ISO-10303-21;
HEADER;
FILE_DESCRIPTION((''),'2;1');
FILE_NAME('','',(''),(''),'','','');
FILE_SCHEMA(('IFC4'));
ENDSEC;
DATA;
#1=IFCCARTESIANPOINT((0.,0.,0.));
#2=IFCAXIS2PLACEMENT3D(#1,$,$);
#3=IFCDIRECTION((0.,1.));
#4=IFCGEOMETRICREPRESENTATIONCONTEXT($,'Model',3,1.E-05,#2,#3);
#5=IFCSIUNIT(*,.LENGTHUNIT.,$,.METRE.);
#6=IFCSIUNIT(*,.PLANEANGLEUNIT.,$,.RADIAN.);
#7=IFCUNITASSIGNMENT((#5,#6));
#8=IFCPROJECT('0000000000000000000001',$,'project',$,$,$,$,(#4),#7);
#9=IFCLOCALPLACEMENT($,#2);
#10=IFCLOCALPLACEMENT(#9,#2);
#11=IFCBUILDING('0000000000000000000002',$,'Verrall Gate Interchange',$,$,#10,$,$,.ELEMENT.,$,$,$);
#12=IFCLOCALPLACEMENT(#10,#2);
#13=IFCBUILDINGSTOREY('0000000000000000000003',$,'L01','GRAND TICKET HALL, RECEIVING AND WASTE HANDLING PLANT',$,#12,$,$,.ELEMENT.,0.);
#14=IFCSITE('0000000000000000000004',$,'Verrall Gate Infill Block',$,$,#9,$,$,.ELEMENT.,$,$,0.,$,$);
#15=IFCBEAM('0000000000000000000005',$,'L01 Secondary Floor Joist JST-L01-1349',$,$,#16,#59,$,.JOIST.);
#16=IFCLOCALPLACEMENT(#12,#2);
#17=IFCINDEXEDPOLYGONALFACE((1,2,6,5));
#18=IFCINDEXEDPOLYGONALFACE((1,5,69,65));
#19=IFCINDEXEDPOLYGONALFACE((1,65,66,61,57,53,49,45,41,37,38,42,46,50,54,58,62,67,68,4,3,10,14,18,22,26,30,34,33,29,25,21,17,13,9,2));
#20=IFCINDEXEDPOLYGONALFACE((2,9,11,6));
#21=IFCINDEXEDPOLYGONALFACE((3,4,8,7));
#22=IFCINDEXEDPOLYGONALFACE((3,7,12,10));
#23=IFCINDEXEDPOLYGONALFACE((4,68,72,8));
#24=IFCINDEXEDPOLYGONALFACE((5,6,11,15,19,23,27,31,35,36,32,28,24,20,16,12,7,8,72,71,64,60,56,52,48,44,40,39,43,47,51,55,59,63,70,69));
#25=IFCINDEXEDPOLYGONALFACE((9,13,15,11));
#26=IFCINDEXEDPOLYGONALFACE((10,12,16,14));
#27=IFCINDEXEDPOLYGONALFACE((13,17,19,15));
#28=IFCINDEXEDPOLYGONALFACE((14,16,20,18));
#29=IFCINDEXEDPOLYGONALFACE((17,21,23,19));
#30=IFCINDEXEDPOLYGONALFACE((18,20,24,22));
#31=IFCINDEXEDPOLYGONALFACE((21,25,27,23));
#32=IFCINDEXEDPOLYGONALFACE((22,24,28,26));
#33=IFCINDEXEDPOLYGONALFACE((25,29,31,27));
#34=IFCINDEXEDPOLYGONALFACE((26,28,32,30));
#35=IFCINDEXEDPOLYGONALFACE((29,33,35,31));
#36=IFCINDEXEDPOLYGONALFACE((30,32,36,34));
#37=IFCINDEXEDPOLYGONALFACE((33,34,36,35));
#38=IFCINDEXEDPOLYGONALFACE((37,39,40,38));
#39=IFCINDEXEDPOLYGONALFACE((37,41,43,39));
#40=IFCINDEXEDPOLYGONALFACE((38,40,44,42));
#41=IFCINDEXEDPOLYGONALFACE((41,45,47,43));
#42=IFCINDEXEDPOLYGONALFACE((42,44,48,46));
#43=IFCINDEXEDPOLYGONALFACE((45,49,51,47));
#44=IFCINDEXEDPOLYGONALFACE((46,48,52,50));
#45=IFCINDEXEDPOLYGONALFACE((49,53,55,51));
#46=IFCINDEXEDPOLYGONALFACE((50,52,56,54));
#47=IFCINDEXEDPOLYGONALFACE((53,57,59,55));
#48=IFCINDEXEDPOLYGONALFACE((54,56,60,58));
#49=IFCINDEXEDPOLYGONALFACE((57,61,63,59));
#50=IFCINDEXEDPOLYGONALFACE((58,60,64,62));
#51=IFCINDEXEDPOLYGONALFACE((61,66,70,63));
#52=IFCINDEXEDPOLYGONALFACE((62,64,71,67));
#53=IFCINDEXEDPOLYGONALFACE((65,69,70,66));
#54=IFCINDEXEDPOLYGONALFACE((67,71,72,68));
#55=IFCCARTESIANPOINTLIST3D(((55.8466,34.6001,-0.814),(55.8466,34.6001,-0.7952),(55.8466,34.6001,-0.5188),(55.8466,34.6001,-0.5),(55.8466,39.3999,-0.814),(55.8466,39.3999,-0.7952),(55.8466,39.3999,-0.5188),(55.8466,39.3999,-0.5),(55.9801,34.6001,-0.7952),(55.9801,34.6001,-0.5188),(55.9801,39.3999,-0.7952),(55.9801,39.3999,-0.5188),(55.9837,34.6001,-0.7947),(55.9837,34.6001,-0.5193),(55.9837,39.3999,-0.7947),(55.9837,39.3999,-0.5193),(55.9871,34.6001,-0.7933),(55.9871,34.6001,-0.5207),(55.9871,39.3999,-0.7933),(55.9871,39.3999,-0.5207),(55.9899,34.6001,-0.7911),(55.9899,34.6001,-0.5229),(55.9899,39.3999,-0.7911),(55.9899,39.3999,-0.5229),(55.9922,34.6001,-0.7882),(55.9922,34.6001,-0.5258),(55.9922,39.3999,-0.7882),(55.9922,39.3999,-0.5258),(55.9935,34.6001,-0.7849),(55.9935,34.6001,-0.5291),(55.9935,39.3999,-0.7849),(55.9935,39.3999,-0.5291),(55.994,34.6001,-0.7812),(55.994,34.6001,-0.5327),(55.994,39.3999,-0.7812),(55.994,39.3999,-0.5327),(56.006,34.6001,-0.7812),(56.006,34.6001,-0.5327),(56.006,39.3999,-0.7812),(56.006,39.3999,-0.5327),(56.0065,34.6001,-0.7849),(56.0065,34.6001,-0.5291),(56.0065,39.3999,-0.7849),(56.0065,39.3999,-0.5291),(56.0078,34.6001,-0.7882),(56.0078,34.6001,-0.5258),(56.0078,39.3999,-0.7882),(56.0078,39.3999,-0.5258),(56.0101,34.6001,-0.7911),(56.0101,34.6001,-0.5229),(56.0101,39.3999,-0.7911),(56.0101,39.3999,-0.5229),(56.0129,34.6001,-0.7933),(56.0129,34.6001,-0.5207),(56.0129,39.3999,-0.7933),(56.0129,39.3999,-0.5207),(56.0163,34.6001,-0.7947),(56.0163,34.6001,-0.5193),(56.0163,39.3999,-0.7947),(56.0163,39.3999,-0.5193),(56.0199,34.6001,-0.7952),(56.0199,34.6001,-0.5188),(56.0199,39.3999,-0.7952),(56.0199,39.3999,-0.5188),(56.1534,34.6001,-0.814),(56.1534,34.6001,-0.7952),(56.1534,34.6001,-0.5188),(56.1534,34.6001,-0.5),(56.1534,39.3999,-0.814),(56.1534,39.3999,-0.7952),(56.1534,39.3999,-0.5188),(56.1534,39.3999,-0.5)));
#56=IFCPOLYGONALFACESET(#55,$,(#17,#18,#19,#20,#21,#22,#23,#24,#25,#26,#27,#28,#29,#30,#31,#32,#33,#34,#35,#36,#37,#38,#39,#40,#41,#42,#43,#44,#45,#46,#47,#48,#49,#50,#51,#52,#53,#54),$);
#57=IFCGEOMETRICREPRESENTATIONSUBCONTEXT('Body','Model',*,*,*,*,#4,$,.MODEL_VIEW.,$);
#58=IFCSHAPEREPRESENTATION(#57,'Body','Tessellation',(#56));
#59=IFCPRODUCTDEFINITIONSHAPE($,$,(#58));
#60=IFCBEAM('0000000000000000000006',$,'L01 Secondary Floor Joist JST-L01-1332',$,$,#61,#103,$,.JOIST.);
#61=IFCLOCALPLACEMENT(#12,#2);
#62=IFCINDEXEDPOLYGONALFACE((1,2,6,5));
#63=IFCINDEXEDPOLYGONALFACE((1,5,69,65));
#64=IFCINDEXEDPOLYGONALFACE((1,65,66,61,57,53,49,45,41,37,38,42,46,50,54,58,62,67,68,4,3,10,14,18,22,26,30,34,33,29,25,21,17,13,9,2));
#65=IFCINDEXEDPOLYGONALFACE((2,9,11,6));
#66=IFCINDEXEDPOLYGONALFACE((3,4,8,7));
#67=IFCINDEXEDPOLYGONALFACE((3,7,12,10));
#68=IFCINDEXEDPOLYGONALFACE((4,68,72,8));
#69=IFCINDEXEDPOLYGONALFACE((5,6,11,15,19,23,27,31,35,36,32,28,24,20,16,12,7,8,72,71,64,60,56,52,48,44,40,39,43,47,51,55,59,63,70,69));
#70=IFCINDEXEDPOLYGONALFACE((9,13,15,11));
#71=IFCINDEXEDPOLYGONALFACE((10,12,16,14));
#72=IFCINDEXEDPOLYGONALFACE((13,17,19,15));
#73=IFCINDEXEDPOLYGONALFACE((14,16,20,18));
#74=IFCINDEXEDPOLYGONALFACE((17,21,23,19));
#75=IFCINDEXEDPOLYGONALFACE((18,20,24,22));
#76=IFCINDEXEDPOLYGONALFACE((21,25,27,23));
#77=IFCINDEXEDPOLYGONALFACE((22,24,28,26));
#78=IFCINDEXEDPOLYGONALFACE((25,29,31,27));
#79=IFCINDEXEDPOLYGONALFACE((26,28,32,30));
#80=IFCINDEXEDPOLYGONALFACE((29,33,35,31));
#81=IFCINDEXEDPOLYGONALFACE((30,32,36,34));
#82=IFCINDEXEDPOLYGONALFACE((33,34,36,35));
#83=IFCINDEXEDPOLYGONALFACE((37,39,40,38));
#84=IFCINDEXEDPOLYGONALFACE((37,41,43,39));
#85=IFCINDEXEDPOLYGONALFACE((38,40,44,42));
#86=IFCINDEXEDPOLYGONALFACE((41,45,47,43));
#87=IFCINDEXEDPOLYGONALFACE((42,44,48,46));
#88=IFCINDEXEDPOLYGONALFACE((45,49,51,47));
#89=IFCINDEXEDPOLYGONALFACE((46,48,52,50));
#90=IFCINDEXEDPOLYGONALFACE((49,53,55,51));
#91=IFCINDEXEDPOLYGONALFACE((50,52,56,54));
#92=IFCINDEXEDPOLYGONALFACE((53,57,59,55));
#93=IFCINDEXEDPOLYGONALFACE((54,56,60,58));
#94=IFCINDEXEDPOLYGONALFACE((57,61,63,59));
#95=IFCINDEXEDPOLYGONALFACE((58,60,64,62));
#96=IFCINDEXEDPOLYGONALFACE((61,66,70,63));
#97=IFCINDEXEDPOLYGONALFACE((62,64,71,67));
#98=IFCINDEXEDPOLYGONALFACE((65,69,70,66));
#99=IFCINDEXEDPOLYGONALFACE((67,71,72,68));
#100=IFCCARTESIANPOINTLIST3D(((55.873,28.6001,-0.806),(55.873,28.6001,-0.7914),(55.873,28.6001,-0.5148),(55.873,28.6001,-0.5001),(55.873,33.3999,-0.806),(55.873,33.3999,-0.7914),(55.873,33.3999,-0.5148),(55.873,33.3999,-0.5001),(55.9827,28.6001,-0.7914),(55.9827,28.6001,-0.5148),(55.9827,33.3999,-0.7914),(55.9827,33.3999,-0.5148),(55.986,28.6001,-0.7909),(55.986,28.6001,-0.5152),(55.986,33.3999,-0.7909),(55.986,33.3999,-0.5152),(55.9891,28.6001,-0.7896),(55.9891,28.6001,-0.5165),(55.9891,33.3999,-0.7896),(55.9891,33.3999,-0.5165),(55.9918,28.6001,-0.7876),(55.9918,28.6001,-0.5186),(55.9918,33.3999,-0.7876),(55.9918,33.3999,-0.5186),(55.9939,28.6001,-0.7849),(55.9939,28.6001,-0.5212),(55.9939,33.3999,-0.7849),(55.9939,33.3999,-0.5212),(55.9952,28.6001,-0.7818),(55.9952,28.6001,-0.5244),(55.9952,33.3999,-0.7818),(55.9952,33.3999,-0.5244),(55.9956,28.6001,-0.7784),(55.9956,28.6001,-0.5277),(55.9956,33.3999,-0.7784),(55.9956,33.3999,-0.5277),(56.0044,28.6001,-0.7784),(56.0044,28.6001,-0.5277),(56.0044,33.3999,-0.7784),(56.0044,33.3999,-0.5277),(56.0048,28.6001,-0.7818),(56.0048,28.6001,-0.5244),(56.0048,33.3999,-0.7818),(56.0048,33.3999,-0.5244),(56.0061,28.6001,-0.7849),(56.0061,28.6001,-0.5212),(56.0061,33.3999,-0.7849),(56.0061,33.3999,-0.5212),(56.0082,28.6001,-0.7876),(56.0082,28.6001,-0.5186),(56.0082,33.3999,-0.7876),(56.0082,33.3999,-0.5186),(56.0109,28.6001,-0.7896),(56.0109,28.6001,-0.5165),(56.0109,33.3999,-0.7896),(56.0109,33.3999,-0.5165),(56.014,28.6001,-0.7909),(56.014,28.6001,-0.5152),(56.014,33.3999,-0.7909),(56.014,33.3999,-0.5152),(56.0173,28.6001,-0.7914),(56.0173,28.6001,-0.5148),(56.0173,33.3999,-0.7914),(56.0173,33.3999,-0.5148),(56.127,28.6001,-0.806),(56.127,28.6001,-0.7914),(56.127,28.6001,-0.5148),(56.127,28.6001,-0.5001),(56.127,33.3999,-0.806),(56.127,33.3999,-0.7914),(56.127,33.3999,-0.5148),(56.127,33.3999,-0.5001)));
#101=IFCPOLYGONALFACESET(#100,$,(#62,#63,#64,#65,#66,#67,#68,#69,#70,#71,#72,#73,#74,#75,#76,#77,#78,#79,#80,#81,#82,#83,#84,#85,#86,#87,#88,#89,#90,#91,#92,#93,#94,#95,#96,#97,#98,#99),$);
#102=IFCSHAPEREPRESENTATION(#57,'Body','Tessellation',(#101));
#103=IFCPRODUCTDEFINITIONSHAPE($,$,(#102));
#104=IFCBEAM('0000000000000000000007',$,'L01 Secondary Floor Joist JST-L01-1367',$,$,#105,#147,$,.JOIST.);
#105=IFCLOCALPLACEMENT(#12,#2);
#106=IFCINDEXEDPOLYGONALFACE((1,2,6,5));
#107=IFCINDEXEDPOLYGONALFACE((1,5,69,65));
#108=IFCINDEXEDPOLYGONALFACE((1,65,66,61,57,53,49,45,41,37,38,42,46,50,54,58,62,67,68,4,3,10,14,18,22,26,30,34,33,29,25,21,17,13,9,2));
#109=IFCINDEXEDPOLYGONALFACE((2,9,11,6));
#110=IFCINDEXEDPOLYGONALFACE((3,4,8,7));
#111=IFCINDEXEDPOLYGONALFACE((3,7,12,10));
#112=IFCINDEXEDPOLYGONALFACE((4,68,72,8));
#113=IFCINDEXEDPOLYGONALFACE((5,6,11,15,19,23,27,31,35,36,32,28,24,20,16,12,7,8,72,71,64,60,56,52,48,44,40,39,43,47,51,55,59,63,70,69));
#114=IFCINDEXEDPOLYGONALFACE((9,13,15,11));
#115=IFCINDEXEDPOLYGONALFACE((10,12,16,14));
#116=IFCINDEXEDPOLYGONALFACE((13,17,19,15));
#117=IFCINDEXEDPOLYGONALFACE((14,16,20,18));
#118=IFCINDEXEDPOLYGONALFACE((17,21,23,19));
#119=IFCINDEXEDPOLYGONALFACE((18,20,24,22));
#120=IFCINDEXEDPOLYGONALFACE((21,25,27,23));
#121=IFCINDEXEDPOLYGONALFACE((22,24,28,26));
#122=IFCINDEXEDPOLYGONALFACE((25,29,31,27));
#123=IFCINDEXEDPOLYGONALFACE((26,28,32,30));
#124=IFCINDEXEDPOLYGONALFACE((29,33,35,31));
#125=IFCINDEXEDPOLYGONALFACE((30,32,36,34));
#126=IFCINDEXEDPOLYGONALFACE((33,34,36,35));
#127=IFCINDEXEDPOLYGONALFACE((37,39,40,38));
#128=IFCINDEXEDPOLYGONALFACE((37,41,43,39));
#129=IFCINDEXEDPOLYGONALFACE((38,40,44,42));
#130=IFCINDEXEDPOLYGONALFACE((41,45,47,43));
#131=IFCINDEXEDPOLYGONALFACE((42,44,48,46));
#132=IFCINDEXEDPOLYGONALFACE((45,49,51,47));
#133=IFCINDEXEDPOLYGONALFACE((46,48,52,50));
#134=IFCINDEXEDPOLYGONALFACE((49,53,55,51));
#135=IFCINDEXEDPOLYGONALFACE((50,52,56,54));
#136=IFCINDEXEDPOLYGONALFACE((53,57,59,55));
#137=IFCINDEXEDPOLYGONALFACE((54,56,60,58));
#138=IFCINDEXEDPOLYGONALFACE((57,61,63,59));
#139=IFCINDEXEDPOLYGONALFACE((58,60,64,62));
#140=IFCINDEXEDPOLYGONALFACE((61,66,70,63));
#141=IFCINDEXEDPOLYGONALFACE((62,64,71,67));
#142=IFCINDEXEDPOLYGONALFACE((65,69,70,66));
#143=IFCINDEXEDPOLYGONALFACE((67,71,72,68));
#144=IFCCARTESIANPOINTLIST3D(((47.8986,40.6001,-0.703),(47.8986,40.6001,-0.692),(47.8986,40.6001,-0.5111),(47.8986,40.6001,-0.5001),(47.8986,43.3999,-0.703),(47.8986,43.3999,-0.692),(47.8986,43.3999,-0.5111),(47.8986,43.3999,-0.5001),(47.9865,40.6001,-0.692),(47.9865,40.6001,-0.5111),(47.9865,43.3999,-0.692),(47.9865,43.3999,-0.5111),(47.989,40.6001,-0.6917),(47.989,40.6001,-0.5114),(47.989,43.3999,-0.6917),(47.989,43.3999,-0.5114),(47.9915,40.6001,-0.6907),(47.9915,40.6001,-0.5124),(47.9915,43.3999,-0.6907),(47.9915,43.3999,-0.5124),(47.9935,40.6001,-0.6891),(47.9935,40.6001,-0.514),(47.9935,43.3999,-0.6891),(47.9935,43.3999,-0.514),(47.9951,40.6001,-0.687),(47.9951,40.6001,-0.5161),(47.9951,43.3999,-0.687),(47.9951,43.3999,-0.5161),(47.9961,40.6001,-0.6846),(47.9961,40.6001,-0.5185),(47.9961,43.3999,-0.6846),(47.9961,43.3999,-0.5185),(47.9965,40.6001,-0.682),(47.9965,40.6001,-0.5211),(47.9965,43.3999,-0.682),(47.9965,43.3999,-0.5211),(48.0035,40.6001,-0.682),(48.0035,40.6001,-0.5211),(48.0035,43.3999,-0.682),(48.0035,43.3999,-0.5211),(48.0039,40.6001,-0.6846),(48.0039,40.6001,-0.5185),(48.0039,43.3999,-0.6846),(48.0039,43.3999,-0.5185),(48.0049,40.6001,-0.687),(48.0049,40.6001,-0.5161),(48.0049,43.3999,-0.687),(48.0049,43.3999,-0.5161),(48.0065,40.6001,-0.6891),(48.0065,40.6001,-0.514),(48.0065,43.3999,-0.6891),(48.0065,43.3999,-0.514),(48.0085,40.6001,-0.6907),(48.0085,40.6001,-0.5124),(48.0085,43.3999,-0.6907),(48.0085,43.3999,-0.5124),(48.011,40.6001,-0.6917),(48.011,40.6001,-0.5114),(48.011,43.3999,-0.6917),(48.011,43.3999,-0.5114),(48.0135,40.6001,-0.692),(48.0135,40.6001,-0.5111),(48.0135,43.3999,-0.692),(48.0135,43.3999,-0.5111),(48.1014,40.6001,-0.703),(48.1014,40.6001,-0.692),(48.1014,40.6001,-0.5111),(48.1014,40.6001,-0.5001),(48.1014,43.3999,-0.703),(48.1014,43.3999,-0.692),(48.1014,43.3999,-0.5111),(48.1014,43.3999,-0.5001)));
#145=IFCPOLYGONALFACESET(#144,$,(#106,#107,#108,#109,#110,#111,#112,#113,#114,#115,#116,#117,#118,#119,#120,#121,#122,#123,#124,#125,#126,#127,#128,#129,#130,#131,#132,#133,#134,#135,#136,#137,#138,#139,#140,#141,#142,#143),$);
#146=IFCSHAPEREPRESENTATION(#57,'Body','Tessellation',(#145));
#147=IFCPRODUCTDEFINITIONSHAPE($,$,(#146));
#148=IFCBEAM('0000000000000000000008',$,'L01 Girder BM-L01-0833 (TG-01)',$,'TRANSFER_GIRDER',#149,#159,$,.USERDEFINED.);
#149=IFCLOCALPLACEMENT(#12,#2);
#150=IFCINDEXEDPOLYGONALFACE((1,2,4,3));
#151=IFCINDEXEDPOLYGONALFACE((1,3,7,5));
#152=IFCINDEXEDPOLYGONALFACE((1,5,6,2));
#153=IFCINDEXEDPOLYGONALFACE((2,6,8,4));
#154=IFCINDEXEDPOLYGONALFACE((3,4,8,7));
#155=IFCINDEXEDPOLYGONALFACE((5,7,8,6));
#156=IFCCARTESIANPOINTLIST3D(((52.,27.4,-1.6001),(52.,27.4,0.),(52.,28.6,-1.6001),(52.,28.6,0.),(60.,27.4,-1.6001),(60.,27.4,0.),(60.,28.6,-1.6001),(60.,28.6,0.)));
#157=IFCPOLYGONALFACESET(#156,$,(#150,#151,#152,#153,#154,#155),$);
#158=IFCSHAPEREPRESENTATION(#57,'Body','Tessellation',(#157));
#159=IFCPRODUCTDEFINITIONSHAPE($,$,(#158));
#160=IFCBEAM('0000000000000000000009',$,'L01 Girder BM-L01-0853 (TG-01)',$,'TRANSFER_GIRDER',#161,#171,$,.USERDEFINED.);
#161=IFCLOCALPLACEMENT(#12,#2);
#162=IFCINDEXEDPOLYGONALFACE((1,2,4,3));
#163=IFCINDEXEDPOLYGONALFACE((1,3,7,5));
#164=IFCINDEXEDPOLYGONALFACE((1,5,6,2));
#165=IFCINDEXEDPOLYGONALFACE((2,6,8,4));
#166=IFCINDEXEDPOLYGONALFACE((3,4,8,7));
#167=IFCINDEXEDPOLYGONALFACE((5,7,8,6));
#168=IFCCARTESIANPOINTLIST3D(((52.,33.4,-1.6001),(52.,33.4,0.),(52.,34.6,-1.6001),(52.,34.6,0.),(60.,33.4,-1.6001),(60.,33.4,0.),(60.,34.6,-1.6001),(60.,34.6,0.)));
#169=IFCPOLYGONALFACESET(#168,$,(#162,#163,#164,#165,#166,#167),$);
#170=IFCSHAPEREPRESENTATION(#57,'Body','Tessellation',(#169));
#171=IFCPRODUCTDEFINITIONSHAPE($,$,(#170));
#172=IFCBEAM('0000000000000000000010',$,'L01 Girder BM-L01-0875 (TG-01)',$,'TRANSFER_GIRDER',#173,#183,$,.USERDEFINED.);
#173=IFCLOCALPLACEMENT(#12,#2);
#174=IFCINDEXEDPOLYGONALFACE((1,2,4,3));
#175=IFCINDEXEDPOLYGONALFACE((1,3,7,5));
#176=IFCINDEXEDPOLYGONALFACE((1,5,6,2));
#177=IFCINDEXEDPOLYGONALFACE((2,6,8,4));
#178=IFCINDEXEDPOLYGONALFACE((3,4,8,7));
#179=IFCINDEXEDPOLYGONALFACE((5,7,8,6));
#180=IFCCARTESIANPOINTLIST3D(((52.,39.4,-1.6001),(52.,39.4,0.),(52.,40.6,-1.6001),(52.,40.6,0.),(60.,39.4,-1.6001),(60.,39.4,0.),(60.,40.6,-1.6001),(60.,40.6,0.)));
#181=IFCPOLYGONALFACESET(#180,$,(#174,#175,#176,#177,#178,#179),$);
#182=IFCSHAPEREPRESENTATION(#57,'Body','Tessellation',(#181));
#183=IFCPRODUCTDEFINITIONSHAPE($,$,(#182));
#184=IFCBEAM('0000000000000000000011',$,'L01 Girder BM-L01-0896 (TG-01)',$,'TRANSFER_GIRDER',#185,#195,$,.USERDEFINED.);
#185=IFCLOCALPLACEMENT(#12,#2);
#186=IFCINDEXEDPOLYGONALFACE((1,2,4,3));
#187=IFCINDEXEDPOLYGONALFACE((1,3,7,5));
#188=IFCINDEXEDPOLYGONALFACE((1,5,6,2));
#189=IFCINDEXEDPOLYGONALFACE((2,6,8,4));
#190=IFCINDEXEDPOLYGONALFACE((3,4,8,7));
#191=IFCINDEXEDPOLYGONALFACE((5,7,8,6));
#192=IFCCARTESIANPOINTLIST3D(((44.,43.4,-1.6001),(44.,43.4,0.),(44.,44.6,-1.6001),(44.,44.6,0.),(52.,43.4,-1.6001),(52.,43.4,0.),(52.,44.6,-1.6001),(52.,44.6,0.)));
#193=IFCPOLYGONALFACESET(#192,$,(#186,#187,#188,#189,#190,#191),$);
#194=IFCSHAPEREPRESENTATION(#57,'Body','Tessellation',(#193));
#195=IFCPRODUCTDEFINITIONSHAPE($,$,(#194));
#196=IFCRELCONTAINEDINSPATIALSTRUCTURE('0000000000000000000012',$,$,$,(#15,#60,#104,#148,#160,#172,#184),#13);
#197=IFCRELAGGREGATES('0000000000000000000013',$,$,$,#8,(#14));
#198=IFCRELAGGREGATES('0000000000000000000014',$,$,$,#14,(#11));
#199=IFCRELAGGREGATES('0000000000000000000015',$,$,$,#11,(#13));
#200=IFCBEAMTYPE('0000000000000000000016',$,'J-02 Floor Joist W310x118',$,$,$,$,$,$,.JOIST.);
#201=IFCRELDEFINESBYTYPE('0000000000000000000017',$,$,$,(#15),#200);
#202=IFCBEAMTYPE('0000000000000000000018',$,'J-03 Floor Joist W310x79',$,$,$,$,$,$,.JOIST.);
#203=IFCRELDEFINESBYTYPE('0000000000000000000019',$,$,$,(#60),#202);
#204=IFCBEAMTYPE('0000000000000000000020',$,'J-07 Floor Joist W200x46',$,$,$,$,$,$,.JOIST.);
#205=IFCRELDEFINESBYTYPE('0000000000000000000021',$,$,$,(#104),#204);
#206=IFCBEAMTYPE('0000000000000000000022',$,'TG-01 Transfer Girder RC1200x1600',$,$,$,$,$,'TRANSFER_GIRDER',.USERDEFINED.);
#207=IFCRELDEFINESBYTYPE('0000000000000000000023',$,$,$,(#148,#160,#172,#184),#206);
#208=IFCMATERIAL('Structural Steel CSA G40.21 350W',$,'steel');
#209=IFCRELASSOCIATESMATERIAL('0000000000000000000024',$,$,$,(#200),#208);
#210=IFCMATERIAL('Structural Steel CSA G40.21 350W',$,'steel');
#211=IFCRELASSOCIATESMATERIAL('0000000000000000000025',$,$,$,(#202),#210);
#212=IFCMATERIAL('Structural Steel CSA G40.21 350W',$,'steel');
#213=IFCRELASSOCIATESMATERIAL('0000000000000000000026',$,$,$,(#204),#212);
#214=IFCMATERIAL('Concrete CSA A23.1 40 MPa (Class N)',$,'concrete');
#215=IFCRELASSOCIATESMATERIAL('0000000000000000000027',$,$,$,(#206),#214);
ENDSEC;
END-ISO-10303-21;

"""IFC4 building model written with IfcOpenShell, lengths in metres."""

from ifc_helpers import new_model, si_unit, direction, frame, origin, origin_2d, place, context, subcontext, project, spatial, rectangle, i_section, extrude, material, material_profile, profile_set, type_object, element, save


model = new_model("IFC4")

# Units and contexts
model_context = context("Model", 3, precision=1e-05, world=origin(), true_north=direction((0.0, 1.0)))
body_context = subcontext(model_context, "Body", "Model", "MODEL_VIEW")
ifc_project = project(units=[si_unit("LENGTHUNIT", "METRE"), si_unit("PLANEANGLEUNIT", "RADIAN")], contexts=[model_context])

# Site, building, storey
site_placement = place(None, origin())
site = spatial("IfcSite", under=ifc_project, at=site_placement, Name="Verrall Gate Infill Block", CompositionType="ELEMENT", RefElevation=0.0)
building_placement = place(site_placement, origin())
building = spatial("IfcBuilding", under=site, at=building_placement, Name="Verrall Gate Interchange", CompositionType="ELEMENT")
storey_placement = place(building_placement, origin())
storey = spatial("IfcBuildingStorey", under=building, at=storey_placement, Name="L01", Description="GRAND TICKET HALL, RECEIVING AND WASTE HANDLING PLANT", CompositionType="ELEMENT", Elevation=0.0)

# Beams
ifc_material_1 = material(Name="Structural Steel CSA G40.21 350W", Category="steel")
ifc_material_profile_1 = material_profile(ifc_material_1, i_section(OverallWidth=0.3069, OverallDepth=0.314, WebThickness=0.012, FlangeThickness=0.0188, FilletRadius=0.0139, at=origin_2d()), Name="W310x118")
ifc_profile_set_1 = profile_set([ifc_material_profile_1], Name="Structural Steel CSA G40.21 350W")
beam_type_1 = type_object("IfcBeamType", Name="J-02 Floor Joist W310x118", PredefinedType="JOIST", material=ifc_profile_set_1)
for number, where, z_axis, x_axis, name in (
    (1, (56.0, 34.6001, -0.657), (0.0, 1.0, 0.0), (-1.0, 0.0, 0.0), "L01 Secondary Floor Joist JST-L01-1349"),
):
    element("IfcBeam", number, at=place(storey_placement, frame(where, z_axis=z_axis, x_axis=x_axis)), inside=storey, type_object=beam_type_1, Name=name, PredefinedType="JOIST", context=body_context, shape_type="SweptSolid", body=[
        extrude(i_section(OverallWidth=0.3069, OverallDepth=0.314, WebThickness=0.012, FlangeThickness=0.0188, FilletRadius=0.0139, at=origin_2d()), origin(), (0.0, 0.0, 1.0), 4.7998),
    ])
ifc_material_2 = material(Name="Structural Steel CSA G40.21 350W", Category="steel")
ifc_material_profile_2 = material_profile(ifc_material_2, i_section(OverallWidth=0.2539, OverallDepth=0.3059, WebThickness=0.0088, FlangeThickness=0.0146, FilletRadius=0.0129, at=origin_2d()), Name="W310x79")
ifc_profile_set_2 = profile_set([ifc_material_profile_2], Name="Structural Steel CSA G40.21 350W")
beam_type_2 = type_object("IfcBeamType", Name="J-03 Floor Joist W310x79", PredefinedType="JOIST", material=ifc_profile_set_2)
beam_1_placement = place(storey_placement, frame((56.0, 28.6001, -0.6531), z_axis=(0.0, 1.0, 0.0), x_axis=(-1.0, 0.0, 0.0)))
element("IfcBeam", 2, at=beam_1_placement, inside=storey, type_object=beam_type_2, Name="L01 Secondary Floor Joist JST-L01-1332", PredefinedType="JOIST", context=body_context, shape_type="SweptSolid", body=[
    extrude(i_section(OverallWidth=0.2539, OverallDepth=0.3059, WebThickness=0.0088, FlangeThickness=0.0146, FilletRadius=0.0129, at=origin_2d()), origin(), (0.0, 0.0, 1.0), 4.7998),
])
ifc_material_3 = material(Name="Structural Steel CSA G40.21 350W", Category="steel")
ifc_material_profile_3 = material_profile(ifc_material_3, i_section(OverallWidth=0.2029, OverallDepth=0.2029, WebThickness=0.0071, FlangeThickness=0.011, FilletRadius=0.01, at=origin_2d()), Name="W200x46")
ifc_profile_set_3 = profile_set([ifc_material_profile_3], Name="Structural Steel CSA G40.21 350W")
beam_type_3 = type_object("IfcBeamType", Name="J-07 Floor Joist W200x46", PredefinedType="JOIST", material=ifc_profile_set_3)
beam_2_placement = place(storey_placement, frame((48.0, 40.6001, -0.6016), z_axis=(0.0, 1.0, 0.0), x_axis=(-1.0, 0.0, 0.0)))
element("IfcBeam", 3, at=beam_2_placement, inside=storey, type_object=beam_type_3, Name="L01 Secondary Floor Joist JST-L01-1367", PredefinedType="JOIST", context=body_context, shape_type="SweptSolid", body=[
    extrude(i_section(OverallWidth=0.2029, OverallDepth=0.2029, WebThickness=0.0071, FlangeThickness=0.011, FilletRadius=0.01, at=origin_2d()), origin(), (0.0, 0.0, 1.0), 2.7998),
])
ifc_material_4 = material(Name="Concrete CSA A23.1 40 MPa (Class N)", Category="concrete")
ifc_material_profile_4 = material_profile(ifc_material_4, rectangle(XDim=1.2, YDim=1.6001, at=origin_2d()), Name="RC1200x1600")
ifc_profile_set_4 = profile_set([ifc_material_profile_4], Name="Concrete CSA A23.1 40 MPa (Class N)")
beam_type_4 = type_object("IfcBeamType", Name="TG-01 Transfer Girder RC1200x1600", ElementType="TRANSFER_GIRDER", PredefinedType="USERDEFINED", material=ifc_profile_set_4)
for number, where, z_axis, x_axis, name in (
    (4, (52.0, 28.0, -0.8), (1.0, 0.0, 0.0), (0.0, 1.0, 0.0), "L01 Girder BM-L01-0833 (TG-01)"),
    (5, (52.0, 34.0, -0.8), (1.0, 0.0, 0.0), (0.0, 1.0, 0.0), "L01 Girder BM-L01-0853 (TG-01)"),
    (6, (52.0, 40.0, -0.8), (1.0, 0.0, 0.0), (0.0, 1.0, 0.0), "L01 Girder BM-L01-0875 (TG-01)"),
    (7, (44.0, 44.0, -0.8), (1.0, 0.0, 0.0), (0.0, 1.0, 0.0), "L01 Girder BM-L01-0896 (TG-01)"),
):
    element("IfcBeam", number, at=place(storey_placement, frame(where, z_axis=z_axis, x_axis=x_axis)), inside=storey, type_object=beam_type_4, Name=name, ObjectType="TRANSFER_GIRDER", PredefinedType="USERDEFINED", context=body_context, shape_type="SweptSolid", body=[
        extrude(rectangle(XDim=1.2, YDim=1.6001, at=origin_2d()), origin(), (0.0, 0.0, 1.0), 8.0),
    ])

save(model, "model.ifc")
